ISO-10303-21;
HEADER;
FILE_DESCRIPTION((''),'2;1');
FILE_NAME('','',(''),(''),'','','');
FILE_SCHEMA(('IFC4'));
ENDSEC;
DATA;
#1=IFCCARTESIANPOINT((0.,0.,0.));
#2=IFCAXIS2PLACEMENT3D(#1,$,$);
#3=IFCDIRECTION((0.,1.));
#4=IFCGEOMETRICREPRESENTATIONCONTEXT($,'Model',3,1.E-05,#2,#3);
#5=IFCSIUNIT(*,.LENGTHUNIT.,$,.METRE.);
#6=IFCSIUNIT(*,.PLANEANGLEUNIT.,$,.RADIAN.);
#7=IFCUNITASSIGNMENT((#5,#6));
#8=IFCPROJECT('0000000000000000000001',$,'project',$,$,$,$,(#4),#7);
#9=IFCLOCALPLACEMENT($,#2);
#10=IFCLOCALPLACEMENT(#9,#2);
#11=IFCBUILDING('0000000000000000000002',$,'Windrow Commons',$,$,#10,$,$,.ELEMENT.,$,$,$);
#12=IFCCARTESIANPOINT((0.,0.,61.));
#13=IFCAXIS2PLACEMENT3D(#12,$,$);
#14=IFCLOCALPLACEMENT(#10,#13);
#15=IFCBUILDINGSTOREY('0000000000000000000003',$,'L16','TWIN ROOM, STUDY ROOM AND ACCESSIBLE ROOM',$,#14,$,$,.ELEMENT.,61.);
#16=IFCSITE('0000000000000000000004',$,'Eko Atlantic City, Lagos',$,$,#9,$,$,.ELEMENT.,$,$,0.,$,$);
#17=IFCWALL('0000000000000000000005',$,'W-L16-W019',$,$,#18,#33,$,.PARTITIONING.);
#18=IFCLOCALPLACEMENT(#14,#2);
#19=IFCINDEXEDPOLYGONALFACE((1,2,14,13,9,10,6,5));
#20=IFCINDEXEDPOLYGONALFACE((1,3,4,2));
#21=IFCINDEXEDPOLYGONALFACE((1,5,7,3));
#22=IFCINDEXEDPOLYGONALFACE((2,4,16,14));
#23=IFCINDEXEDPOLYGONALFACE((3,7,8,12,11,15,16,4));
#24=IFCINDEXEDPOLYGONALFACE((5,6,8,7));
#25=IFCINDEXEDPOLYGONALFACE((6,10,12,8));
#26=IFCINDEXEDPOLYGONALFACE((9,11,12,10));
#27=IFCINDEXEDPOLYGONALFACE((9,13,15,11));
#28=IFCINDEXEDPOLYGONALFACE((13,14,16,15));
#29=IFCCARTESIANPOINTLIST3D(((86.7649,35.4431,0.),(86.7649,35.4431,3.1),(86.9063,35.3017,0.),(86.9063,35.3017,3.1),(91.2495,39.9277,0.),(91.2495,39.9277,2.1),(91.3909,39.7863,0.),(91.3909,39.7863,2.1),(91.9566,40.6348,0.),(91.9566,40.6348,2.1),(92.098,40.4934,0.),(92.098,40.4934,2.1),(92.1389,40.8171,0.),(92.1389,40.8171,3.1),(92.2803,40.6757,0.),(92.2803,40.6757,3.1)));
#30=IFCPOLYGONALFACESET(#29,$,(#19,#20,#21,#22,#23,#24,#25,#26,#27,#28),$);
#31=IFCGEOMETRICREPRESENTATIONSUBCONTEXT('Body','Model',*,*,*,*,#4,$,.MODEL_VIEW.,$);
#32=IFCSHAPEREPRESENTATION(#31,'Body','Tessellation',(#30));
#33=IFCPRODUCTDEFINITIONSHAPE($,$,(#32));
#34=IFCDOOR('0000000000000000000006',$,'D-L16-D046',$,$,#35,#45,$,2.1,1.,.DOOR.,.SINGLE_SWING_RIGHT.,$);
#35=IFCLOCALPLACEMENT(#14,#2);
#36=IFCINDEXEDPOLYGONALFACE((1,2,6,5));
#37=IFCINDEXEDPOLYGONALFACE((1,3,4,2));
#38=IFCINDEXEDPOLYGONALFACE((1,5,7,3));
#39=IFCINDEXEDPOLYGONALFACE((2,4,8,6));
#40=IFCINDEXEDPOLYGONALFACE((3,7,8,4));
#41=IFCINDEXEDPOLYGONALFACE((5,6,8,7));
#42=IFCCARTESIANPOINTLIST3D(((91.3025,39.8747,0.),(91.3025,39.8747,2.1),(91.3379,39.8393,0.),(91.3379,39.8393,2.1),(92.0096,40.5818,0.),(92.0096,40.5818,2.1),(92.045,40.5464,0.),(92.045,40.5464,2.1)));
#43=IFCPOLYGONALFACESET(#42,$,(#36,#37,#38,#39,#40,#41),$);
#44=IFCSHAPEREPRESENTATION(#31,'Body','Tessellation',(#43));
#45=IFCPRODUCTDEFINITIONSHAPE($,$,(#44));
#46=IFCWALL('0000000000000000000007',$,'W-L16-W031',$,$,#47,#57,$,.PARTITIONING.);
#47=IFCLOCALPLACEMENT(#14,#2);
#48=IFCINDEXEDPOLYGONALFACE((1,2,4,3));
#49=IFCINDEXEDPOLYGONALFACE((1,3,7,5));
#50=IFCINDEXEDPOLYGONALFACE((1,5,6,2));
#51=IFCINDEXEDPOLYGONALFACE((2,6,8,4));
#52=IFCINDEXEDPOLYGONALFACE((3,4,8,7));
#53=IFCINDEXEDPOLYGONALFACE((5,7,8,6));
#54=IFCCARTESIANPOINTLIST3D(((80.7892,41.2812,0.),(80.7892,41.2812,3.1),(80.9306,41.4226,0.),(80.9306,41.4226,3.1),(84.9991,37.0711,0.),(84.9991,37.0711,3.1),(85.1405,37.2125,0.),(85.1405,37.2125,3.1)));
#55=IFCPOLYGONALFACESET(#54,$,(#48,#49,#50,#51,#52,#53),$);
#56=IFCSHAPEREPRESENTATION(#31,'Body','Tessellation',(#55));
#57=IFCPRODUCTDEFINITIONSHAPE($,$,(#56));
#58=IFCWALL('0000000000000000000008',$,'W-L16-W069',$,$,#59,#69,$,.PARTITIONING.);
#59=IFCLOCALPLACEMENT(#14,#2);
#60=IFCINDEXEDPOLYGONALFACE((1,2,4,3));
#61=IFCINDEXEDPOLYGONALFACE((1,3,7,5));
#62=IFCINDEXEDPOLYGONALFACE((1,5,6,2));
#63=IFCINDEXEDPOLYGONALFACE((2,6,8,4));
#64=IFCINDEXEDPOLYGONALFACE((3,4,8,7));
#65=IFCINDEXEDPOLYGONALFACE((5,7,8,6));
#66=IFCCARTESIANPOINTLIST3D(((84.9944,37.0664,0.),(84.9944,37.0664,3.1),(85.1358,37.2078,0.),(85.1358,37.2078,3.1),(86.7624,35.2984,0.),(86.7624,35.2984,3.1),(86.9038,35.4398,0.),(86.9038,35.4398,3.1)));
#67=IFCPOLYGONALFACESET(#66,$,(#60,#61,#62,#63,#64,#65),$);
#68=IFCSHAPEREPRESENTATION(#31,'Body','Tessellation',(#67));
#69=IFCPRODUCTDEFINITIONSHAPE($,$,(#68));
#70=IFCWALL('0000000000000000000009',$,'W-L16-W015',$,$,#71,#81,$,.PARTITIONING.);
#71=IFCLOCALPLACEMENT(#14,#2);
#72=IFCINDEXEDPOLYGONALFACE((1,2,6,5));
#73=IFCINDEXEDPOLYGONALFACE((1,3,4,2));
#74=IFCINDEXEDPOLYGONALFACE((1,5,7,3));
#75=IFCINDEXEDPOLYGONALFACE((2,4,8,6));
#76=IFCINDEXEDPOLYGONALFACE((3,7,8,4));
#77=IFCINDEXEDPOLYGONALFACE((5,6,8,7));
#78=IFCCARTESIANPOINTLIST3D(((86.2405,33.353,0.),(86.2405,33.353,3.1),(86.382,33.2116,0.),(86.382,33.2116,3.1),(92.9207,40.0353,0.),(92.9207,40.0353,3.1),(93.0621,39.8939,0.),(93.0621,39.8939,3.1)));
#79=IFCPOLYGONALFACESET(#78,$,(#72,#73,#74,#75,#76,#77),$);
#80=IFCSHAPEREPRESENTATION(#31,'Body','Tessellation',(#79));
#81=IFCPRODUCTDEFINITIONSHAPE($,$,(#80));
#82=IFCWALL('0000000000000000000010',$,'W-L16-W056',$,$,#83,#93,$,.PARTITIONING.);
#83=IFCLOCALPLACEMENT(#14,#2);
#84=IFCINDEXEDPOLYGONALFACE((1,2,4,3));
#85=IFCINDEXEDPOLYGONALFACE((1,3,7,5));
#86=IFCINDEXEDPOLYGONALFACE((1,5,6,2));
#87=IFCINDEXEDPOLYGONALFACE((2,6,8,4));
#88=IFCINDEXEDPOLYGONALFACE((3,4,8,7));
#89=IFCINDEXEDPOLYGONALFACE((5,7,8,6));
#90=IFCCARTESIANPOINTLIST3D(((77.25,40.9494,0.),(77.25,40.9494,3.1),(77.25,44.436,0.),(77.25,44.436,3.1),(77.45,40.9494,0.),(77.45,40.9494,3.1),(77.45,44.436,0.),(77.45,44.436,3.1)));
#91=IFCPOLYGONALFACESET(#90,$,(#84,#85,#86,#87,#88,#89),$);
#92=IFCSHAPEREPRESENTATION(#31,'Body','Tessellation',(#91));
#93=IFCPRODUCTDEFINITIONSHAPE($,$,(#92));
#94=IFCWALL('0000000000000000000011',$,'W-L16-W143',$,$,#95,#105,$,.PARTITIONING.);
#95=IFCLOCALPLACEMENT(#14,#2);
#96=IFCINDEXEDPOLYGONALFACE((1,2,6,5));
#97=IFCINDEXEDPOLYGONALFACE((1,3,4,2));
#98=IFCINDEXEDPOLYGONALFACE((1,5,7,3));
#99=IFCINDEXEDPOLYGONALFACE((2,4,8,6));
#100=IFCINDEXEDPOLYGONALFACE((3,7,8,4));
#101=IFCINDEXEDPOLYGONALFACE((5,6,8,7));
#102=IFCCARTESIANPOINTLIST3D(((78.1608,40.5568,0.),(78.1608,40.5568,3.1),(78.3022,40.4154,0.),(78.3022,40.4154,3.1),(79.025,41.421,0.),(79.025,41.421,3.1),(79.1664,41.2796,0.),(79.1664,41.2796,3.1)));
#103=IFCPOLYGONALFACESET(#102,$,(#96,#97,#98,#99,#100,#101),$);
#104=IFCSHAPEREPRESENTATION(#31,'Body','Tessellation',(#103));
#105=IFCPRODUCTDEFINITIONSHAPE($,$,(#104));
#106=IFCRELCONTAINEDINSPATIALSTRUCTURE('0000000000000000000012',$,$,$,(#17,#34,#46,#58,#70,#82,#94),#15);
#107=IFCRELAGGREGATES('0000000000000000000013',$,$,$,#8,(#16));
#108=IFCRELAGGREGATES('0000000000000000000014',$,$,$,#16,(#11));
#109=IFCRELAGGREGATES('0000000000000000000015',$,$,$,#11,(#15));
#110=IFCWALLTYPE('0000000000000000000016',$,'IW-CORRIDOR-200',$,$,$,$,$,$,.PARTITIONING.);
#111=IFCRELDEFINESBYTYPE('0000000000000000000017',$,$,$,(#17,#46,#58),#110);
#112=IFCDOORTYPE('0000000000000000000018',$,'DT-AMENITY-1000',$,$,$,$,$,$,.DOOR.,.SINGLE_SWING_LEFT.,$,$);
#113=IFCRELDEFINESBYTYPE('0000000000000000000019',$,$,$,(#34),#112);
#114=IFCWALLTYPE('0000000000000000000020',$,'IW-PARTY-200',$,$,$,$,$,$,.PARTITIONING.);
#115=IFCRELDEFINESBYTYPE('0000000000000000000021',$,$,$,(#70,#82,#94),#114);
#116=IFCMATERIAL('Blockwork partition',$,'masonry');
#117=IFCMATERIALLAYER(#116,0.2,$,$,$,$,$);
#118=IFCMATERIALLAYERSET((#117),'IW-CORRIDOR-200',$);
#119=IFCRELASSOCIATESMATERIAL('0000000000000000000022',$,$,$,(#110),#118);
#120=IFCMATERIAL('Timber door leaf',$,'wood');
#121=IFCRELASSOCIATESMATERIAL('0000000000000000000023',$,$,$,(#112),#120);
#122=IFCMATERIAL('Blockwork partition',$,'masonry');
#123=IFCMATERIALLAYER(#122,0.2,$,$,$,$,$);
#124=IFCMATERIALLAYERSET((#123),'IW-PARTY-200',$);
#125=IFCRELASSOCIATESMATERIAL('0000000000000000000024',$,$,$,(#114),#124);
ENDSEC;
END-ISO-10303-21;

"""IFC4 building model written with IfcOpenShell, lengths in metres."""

from ifc_helpers import new_model, si_unit, direction, frame, frame_2d, origin, place, context, subcontext, project, spatial, rectangle, extrude, material, layer, layer_set, type_object, element, fill, save


model = new_model("IFC4")

# Units and contexts
model_context = context("Model", 3, precision=1e-05, world=origin(), true_north=direction((0.0, 1.0)))
body_context = subcontext(model_context, "Body", "Model", "MODEL_VIEW")
ifc_project = project(units=[si_unit("LENGTHUNIT", "METRE"), si_unit("PLANEANGLEUNIT", "RADIAN")], contexts=[model_context])

# Site, building, storey
site_placement = place(None, origin())
site = spatial("IfcSite", under=ifc_project, at=site_placement, Name="Eko Atlantic City, Lagos", CompositionType="ELEMENT", RefElevation=0.0)
building_placement = place(site_placement, origin())
building = spatial("IfcBuilding", under=site, at=building_placement, Name="Windrow Commons", CompositionType="ELEMENT")
storey_placement = place(building_placement, frame((0.0, 0.0, 61.0)))
storey = spatial("IfcBuildingStorey", under=building, at=storey_placement, Name="L16", Description="TWIN ROOM, STUDY ROOM AND ACCESSIBLE ROOM", CompositionType="ELEMENT", Elevation=61.0)

# Wall, opening, door
ifc_material_1 = material(Name="Blockwork partition", Category="masonry")
ifc_layer_1 = layer(ifc_material_1, 0.2)
ifc_layer_set_1 = layer_set([ifc_layer_1], Name="IW-CORRIDOR-200")
wall_type_1 = type_object("IfcWallType", Name="IW-CORRIDOR-200", PredefinedType="PARTITIONING", material=ifc_layer_set_1)
wall_1_placement = place(storey_placement, frame((86.8356, 35.3724, 0.0), z_axis=(0.0, 0.0, 1.0), x_axis=(0.707107, 0.707107, 0.0)))
wall_1 = element("IfcWall", 1, at=wall_1_placement, inside=storey, type_object=wall_type_1, Name="W-L16-W019", PredefinedType="PARTITIONING", context=body_context, shape_type="SweptSolid", body=[
    extrude(rectangle(XDim=7.6, YDim=0.2, at=frame_2d((3.8, 0.0))), origin(), (0.0, 0.0, 1.0), 3.1),
])
opening_1_placement = place(wall_1_placement, frame((6.3422, 0.0, 0.0)))
opening_1 = element("IfcOpeningElement", 2, at=opening_1_placement, cuts=wall_1, PredefinedType="OPENING", context=body_context, shape_type="SweptSolid", body=[
    extrude(rectangle(XDim=1.0, YDim=2.1, at=frame_2d((0.5, 1.05))), frame((0.0, 0.11, 0.0), z_axis=(0.0, -1.0, 0.0), x_axis=(1.0, 0.0, 0.0)), (0.0, 0.0, 1.0), 0.22),
])
ifc_material_2 = material(Name="Timber door leaf", Category="wood")
door_type = type_object("IfcDoorType", Name="DT-AMENITY-1000", OperationType="SINGLE_SWING_LEFT", PredefinedType="DOOR", material=ifc_material_2)
door_placement = place(opening_1_placement, origin())
door = element("IfcDoor", 3, at=door_placement, inside=storey, type_object=door_type, Name="D-L16-D046", OperationType="SINGLE_SWING_RIGHT", OverallHeight=2.1, OverallWidth=1.0, PredefinedType="DOOR", context=body_context, shape_type="SweptSolid", body=[
    extrude(rectangle(XDim=1.0, YDim=2.1, at=frame_2d((0.5, 1.05))), frame((0.0, 0.025, 0.0), z_axis=(0.0, -1.0, 0.0), x_axis=(1.0, 0.0, 0.0)), (0.0, 0.0, 1.0), 0.05),
])
fill(opening_1, door)

# Walls
wall_2_placement = place(storey_placement, frame((85.0698, 37.1418, 0.0), z_axis=(0.0, 0.0, 1.0), x_axis=(-0.70709, 0.707124, 0.0)))
element("IfcWall", 4, at=wall_2_placement, inside=storey, type_object=wall_type_1, Name="W-L16-W031", PredefinedType="PARTITIONING", context=body_context, shape_type="SweptSolid", body=[
    extrude(rectangle(XDim=5.9538, YDim=0.2, at=frame_2d((2.9769, 0.0))), origin(), (0.0, 0.0, 1.0), 3.1),
])
wall_3_placement = place(storey_placement, frame((85.0651, 37.1371, 0.0), z_axis=(0.0, 0.0, 1.0), x_axis=(0.707107, -0.707107, 0.0)))
element("IfcWall", 5, at=wall_3_placement, inside=storey, type_object=wall_type_1, Name="W-L16-W069", PredefinedType="PARTITIONING", context=body_context, shape_type="SweptSolid", body=[
    extrude(rectangle(XDim=2.5003, YDim=0.2, at=frame_2d((1.2502, 0.0))), origin(), (0.0, 0.0, 1.0), 3.1),
])
ifc_material_3 = material(Name="Blockwork partition", Category="masonry")
ifc_layer_2 = layer(ifc_material_3, 0.2)
ifc_layer_set_2 = layer_set([ifc_layer_2], Name="IW-PARTY-200")
wall_type_2 = type_object("IfcWallType", Name="IW-PARTY-200", PredefinedType="PARTITIONING", material=ifc_layer_set_2)
wall_4_placement = place(storey_placement, frame((86.3112, 33.2823, 0.0), z_axis=(0.0, 0.0, 1.0), x_axis=(0.706996, 0.707218, 0.0)))
element("IfcWall", 6, at=wall_4_placement, inside=storey, type_object=wall_type_2, Name="W-L16-W015", PredefinedType="PARTITIONING", context=body_context, shape_type="SweptSolid", body=[
    extrude(rectangle(XDim=9.4487, YDim=0.2, at=frame_2d((4.7244, 0.0))), origin(), (0.0, 0.0, 1.0), 3.1),
])
wall_5_placement = place(storey_placement, frame((77.35, 40.9494, 0.0), z_axis=(0.0, 0.0, 1.0), x_axis=(0.0, 1.0, 0.0)))
element("IfcWall", 7, at=wall_5_placement, inside=storey, type_object=wall_type_2, Name="W-L16-W056", PredefinedType="PARTITIONING", context=body_context, shape_type="SweptSolid", body=[
    extrude(rectangle(XDim=3.4866, YDim=0.2, at=frame_2d((1.7433, 0.0))), origin(), (0.0, 0.0, 1.0), 3.1),
])
wall_6_placement = place(storey_placement, frame((78.2315, 40.4861, 0.0), z_axis=(0.0, 0.0, 1.0), x_axis=(0.707107, 0.707107, 0.0)))
element("IfcWall", 8, at=wall_6_placement, inside=storey, type_object=wall_type_2, Name="W-L16-W143", PredefinedType="PARTITIONING", context=body_context, shape_type="SweptSolid", body=[
    extrude(rectangle(XDim=1.2222, YDim=0.2, at=frame_2d((0.6111, 0.0))), origin(), (0.0, 0.0, 1.0), 3.1),
])

save(model, "model.ifc")
